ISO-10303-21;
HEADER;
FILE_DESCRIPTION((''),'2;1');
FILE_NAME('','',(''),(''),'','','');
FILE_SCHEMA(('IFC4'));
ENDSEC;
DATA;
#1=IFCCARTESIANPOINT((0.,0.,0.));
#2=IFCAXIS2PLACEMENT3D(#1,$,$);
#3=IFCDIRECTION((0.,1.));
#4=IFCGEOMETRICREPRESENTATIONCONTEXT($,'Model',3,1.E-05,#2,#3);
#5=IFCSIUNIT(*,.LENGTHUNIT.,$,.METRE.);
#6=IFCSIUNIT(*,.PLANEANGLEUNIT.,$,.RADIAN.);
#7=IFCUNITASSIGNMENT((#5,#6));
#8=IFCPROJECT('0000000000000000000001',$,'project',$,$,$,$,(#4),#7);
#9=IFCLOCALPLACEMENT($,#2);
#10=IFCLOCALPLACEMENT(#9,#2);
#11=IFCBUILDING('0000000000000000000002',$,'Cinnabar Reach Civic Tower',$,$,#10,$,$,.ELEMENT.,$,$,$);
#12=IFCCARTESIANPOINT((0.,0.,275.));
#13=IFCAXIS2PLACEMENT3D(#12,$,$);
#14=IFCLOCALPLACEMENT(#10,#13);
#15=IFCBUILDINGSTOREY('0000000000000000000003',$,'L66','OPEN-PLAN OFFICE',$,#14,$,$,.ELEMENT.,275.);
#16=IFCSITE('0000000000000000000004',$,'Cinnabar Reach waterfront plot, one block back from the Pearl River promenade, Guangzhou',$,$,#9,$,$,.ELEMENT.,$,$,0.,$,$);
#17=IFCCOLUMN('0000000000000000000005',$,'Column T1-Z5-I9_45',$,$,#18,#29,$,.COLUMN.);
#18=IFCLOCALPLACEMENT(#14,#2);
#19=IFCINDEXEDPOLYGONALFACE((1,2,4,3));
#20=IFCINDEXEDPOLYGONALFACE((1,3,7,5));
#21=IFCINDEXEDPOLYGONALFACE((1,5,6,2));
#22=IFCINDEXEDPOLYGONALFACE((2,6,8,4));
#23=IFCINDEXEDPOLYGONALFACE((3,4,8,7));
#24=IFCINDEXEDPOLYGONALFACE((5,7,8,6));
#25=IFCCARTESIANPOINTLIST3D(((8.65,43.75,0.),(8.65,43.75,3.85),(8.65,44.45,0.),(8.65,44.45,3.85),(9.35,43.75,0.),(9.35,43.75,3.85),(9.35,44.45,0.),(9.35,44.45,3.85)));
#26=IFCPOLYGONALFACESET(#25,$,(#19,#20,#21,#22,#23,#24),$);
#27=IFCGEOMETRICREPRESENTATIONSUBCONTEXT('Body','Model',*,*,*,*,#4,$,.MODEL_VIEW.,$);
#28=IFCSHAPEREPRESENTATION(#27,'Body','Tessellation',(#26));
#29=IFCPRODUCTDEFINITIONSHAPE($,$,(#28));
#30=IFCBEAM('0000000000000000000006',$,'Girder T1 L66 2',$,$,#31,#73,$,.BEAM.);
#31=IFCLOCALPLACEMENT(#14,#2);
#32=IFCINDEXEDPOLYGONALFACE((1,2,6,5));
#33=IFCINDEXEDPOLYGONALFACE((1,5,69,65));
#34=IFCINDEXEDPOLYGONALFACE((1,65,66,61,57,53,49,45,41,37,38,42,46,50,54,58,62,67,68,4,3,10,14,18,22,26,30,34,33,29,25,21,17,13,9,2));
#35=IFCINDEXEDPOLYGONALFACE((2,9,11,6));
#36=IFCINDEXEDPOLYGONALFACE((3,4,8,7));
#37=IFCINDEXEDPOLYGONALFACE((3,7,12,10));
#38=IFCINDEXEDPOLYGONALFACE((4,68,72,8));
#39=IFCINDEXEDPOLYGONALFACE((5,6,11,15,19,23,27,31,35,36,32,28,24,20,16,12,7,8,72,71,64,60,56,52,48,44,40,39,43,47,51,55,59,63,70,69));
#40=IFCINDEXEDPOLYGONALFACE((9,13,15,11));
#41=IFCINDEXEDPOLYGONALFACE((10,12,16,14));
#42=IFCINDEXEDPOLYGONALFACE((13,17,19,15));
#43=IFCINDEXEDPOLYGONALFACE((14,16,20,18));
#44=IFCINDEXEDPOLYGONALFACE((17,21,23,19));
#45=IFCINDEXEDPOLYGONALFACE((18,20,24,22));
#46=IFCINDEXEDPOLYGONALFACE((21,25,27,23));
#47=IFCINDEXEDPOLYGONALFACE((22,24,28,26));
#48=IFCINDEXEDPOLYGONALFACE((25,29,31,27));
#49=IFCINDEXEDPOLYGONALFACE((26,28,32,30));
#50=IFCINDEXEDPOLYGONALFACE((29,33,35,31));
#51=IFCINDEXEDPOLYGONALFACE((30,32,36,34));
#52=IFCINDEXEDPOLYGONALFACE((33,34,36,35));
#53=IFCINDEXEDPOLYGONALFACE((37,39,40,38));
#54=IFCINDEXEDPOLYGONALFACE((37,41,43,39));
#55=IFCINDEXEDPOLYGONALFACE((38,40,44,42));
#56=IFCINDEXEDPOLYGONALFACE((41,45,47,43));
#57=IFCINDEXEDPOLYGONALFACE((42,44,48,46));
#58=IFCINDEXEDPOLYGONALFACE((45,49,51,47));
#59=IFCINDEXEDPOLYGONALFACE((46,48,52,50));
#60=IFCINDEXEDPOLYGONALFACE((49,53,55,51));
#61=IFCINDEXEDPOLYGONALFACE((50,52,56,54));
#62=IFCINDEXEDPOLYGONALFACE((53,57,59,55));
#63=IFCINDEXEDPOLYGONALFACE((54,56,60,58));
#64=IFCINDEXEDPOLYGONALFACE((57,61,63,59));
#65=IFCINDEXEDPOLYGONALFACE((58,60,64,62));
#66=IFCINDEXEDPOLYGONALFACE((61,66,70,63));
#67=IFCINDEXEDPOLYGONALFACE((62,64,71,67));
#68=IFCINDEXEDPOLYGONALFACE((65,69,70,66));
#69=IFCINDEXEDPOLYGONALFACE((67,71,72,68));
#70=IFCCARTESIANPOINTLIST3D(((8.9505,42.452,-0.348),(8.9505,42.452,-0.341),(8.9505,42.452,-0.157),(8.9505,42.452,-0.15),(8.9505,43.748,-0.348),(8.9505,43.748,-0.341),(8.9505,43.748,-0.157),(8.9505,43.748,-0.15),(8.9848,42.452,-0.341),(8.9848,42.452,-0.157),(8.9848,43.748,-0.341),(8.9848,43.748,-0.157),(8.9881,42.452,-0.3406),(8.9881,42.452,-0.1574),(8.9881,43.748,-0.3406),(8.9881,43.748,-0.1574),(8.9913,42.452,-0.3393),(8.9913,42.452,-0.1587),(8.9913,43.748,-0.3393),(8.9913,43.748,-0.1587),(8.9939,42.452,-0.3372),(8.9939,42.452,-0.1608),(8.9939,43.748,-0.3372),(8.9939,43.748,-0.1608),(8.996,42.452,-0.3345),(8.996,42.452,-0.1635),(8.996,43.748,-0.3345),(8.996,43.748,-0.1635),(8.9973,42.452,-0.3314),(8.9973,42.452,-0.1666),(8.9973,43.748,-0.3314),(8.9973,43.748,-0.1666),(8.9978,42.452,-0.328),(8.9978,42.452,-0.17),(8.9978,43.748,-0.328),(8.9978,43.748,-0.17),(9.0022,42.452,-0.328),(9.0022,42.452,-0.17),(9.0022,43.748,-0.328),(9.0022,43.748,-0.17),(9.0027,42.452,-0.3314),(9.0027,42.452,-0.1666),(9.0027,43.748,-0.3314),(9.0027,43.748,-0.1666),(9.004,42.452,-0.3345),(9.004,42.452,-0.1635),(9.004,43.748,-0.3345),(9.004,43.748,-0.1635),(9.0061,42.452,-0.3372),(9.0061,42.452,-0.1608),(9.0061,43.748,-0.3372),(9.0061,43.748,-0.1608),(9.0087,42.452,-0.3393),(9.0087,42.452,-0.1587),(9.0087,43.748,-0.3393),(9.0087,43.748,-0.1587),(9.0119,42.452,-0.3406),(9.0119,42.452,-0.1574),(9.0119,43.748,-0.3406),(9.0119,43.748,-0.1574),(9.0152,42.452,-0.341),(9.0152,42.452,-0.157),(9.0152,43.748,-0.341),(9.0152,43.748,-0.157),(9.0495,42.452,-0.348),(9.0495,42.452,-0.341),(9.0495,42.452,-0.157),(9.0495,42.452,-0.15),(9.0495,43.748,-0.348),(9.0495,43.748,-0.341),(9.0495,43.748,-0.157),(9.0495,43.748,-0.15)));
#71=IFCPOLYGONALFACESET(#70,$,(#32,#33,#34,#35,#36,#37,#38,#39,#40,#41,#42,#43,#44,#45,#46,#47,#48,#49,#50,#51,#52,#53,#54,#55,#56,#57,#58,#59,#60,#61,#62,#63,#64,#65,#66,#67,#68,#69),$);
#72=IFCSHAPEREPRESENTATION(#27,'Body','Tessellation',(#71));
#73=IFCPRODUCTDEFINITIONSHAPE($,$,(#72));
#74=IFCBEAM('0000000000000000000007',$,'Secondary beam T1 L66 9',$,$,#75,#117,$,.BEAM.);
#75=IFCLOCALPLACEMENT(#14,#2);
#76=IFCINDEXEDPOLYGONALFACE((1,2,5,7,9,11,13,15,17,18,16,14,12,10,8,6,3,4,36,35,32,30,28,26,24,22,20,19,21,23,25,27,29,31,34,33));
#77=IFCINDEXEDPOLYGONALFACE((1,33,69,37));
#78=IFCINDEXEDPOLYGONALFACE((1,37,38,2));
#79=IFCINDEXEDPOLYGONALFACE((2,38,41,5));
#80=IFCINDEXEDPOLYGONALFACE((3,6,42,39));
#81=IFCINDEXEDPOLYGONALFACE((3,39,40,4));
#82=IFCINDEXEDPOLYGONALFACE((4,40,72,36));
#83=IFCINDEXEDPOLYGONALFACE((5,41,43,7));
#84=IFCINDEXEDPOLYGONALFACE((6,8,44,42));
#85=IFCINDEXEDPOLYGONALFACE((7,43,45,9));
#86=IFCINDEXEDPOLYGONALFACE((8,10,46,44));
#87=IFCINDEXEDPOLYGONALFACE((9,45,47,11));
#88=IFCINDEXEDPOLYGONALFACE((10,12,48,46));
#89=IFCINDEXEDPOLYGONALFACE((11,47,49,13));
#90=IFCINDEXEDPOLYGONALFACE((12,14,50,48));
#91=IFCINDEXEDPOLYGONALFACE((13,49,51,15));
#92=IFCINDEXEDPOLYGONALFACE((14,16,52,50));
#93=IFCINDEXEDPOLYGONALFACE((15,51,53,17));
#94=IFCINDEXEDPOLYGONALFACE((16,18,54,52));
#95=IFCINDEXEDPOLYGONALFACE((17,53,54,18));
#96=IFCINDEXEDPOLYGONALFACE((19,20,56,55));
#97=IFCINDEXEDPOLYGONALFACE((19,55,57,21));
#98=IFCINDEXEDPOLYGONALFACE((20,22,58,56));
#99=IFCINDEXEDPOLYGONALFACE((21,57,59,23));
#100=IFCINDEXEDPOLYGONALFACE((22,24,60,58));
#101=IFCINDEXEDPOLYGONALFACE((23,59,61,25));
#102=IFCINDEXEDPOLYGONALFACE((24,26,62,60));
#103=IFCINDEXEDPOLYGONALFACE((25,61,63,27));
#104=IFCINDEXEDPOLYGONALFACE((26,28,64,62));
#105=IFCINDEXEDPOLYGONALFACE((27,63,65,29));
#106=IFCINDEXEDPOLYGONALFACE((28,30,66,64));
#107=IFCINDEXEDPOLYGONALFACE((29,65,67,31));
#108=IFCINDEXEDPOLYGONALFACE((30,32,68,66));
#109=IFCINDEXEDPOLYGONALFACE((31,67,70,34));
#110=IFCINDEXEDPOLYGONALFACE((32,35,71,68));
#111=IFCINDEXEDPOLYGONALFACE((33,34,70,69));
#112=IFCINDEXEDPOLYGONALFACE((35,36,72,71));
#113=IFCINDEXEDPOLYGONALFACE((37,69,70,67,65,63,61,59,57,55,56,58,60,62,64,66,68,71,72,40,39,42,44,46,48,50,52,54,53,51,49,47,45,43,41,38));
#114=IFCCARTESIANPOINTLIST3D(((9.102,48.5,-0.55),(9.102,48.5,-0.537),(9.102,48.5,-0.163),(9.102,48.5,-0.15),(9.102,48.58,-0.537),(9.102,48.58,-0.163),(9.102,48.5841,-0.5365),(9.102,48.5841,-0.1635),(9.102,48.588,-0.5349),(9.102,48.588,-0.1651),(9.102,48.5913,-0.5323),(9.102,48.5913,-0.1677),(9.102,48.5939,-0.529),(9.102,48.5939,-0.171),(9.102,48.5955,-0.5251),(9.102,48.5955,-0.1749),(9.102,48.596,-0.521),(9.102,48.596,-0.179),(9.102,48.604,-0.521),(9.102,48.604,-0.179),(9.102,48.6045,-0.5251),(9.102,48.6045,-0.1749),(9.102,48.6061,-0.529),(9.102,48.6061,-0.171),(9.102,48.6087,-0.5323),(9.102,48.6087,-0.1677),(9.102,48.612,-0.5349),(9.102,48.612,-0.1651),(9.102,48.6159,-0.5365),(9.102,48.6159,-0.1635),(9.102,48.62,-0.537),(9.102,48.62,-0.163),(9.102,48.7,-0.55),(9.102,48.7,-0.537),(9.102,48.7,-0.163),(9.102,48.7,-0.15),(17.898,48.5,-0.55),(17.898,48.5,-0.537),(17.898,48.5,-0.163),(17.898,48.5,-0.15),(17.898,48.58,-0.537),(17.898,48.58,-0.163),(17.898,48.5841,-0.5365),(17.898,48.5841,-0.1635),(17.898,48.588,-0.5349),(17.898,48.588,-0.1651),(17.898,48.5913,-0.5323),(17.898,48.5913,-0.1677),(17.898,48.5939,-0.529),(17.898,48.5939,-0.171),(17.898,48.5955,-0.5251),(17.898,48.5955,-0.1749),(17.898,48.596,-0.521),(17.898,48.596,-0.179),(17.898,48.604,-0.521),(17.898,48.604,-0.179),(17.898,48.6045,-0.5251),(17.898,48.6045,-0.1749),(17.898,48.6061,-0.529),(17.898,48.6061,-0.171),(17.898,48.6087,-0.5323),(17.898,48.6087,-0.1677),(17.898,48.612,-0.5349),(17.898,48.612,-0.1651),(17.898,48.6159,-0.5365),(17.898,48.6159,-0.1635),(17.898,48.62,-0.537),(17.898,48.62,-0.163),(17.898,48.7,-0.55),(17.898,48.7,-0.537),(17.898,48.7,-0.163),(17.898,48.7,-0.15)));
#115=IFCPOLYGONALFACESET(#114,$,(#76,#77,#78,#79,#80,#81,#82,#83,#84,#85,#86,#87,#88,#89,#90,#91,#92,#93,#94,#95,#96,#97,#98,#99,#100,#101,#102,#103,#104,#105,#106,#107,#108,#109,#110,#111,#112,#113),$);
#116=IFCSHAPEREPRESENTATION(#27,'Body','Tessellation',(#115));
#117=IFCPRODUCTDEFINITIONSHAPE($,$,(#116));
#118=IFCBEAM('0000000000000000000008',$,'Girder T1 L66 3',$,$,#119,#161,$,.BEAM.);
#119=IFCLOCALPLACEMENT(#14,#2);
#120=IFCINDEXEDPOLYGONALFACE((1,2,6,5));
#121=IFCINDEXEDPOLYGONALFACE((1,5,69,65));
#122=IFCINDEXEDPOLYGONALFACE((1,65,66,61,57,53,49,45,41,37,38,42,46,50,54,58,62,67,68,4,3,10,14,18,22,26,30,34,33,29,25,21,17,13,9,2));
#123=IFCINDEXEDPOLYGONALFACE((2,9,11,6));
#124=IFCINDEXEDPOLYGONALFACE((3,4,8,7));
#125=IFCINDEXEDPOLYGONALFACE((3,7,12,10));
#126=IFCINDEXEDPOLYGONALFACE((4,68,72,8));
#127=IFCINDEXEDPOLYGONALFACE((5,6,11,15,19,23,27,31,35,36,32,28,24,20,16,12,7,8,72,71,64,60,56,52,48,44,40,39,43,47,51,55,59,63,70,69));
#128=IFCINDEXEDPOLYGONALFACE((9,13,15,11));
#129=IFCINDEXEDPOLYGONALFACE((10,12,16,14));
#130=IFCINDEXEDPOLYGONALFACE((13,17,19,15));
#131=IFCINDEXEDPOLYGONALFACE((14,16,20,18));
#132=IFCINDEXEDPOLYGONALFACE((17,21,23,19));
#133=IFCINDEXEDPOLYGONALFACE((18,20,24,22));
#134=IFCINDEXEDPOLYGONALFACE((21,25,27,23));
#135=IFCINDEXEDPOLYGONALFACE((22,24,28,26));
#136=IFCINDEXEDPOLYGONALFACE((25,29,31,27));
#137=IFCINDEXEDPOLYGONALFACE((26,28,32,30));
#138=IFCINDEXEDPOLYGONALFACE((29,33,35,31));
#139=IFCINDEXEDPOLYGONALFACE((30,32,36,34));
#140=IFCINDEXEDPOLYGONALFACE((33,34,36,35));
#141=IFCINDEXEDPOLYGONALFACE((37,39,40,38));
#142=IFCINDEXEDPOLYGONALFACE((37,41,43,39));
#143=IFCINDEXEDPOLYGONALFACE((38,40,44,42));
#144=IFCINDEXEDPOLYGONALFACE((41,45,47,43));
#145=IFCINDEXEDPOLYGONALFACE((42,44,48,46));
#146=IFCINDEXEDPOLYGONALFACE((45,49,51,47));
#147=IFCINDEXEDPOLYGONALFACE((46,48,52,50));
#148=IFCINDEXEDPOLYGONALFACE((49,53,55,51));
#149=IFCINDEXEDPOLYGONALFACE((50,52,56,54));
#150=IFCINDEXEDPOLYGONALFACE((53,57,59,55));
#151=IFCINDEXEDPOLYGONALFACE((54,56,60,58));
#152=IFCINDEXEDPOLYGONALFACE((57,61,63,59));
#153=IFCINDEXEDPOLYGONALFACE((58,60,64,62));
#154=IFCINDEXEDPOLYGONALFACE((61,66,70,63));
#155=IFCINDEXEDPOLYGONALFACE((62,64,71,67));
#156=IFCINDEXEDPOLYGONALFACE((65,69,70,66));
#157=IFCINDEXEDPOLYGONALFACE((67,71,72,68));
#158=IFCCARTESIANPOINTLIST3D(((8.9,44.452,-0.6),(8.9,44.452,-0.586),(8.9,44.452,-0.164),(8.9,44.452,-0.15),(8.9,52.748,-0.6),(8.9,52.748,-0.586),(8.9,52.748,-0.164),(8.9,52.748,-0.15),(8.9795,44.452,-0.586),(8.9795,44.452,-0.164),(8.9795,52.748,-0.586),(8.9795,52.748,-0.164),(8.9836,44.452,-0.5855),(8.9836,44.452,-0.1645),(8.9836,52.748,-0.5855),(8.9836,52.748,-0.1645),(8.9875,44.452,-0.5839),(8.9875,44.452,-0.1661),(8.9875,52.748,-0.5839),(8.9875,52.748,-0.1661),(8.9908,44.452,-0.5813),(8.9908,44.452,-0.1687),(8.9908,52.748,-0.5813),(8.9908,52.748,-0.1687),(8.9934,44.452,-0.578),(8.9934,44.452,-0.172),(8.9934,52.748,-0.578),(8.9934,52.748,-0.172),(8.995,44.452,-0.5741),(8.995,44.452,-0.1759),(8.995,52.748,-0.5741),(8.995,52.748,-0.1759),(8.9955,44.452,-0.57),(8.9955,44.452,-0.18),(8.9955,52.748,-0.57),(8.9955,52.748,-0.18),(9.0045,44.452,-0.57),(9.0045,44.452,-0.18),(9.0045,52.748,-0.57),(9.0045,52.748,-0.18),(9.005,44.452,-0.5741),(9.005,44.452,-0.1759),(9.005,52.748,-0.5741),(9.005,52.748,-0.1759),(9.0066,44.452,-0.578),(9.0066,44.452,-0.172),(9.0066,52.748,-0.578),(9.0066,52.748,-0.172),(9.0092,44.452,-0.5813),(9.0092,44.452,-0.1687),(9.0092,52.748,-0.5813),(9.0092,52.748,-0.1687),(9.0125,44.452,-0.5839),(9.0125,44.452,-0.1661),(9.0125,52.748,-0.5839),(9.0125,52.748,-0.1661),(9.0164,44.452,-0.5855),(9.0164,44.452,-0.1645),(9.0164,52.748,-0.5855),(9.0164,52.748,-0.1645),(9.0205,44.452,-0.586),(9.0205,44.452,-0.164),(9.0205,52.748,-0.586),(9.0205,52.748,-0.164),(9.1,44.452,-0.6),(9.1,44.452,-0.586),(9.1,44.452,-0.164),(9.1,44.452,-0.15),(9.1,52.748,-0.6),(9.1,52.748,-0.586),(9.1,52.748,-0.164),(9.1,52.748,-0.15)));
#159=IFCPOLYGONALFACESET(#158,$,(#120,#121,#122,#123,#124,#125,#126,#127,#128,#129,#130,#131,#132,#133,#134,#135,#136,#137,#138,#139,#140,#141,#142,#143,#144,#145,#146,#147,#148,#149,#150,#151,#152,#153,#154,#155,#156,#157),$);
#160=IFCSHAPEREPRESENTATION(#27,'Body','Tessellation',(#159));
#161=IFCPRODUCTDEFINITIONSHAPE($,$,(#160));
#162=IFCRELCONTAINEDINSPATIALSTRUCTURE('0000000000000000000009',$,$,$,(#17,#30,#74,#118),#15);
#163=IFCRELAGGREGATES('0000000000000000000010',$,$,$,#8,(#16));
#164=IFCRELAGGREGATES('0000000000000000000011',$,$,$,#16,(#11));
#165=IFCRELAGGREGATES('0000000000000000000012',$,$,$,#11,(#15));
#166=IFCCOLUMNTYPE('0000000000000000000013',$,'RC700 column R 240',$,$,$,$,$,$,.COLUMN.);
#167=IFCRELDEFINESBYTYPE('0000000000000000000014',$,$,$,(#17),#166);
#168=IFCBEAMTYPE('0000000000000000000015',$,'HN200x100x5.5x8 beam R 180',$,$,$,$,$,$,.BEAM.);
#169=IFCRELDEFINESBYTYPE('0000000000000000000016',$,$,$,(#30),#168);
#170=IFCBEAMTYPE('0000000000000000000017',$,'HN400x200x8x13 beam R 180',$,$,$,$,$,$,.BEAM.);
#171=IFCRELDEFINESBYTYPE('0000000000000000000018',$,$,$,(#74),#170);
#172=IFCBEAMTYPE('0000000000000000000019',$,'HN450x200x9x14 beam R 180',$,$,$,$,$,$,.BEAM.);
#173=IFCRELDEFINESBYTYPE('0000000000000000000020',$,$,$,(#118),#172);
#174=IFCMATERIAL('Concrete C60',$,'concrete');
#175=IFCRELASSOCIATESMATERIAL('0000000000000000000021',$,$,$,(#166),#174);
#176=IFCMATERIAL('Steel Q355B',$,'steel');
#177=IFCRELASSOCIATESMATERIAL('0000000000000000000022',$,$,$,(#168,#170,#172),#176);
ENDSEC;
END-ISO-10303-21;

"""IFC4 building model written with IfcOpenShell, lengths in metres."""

from ifc_helpers import new_model, si_unit, direction, frame, origin, origin_2d, place, context, subcontext, project, spatial, rectangle, i_section, extrude, material, material_profile, profile_set, type_object, element, save


model = new_model("IFC4")

# Units and contexts
model_context = context("Model", 3, precision=1e-05, world=origin(), true_north=direction((0.0, 1.0)))
body_context = subcontext(model_context, "Body", "Model", "MODEL_VIEW")
ifc_project = project(units=[si_unit("LENGTHUNIT", "METRE"), si_unit("PLANEANGLEUNIT", "RADIAN")], contexts=[model_context])

# Site, building, storey
site_placement = place(None, origin())
site = spatial("IfcSite", under=ifc_project, at=site_placement, Name="Cinnabar Reach waterfront plot, one block back from the Pearl River promenade, Guangzhou", CompositionType="ELEMENT", RefElevation=0.0)
building_placement = place(site_placement, origin())
building = spatial("IfcBuilding", under=site, at=building_placement, Name="Cinnabar Reach Civic Tower", CompositionType="ELEMENT")
storey_placement = place(building_placement, frame((0.0, 0.0, 275.0)))
storey = spatial("IfcBuildingStorey", under=building, at=storey_placement, Name="L66", Description="OPEN-PLAN OFFICE", CompositionType="ELEMENT", Elevation=275.0)

# Column
ifc_material_1 = material(Name="Concrete C60", Category="concrete")
ifc_material_profile_1 = material_profile(ifc_material_1, rectangle(XDim=0.7, YDim=0.7, at=origin_2d()), Name="RC700")
ifc_profile_set_1 = profile_set([ifc_material_profile_1], Name="Concrete C60")
column_type = type_object("IfcColumnType", Name="RC700 column R 240", PredefinedType="COLUMN", material=ifc_profile_set_1)
column_placement = place(storey_placement, frame((9.0, 44.1, 0.0), z_axis=(0.0, 0.0, 1.0), x_axis=(1.0, 0.0, 0.0)))
element("IfcColumn", 1, at=column_placement, inside=storey, type_object=column_type, Name="Column T1-Z5-I9_45", PredefinedType="COLUMN", context=body_context, shape_type="SweptSolid", body=[
    extrude(rectangle(XDim=0.7, YDim=0.7, at=origin_2d()), origin(), (0.0, 0.0, 1.0), 3.85),
])

# Beams
ifc_material_2 = material(Name="Steel Q355B", Category="steel")
ifc_material_profile_2 = material_profile(ifc_material_2, i_section(OverallWidth=0.099, OverallDepth=0.198, WebThickness=0.0045, FlangeThickness=0.007, FilletRadius=0.013, at=origin_2d()), Name="HN200x100x5.5x8")
ifc_profile_set_2 = profile_set([ifc_material_profile_2], Name="Steel Q355B")
beam_type_1 = type_object("IfcBeamType", Name="HN200x100x5.5x8 beam R 180", PredefinedType="BEAM", material=ifc_profile_set_2)
beam_1_placement = place(storey_placement, frame((9.0, 42.452, -0.249), z_axis=(0.0, 1.0, 0.0), x_axis=(-1.0, 0.0, 0.0)))
element("IfcBeam", 2, at=beam_1_placement, inside=storey, type_object=beam_type_1, Name="Girder T1 L66 2", PredefinedType="BEAM", context=body_context, shape_type="SweptSolid", body=[
    extrude(i_section(OverallWidth=0.099, OverallDepth=0.198, WebThickness=0.0045, FlangeThickness=0.007, FilletRadius=0.013, at=origin_2d()), origin(), (0.0, 0.0, 1.0), 1.296),
])
ifc_material_profile_3 = material_profile(ifc_material_2, i_section(OverallWidth=0.2, OverallDepth=0.4, WebThickness=0.008, FlangeThickness=0.013, FilletRadius=0.016, at=origin_2d()), Name="HN400x200x8x13")
ifc_profile_set_3 = profile_set([ifc_material_profile_3], Name="Steel Q355B")
beam_type_2 = type_object("IfcBeamType", Name="HN400x200x8x13 beam R 180", PredefinedType="BEAM", material=ifc_profile_set_3)
beam_2_placement = place(storey_placement, frame((9.102, 48.6, -0.35), z_axis=(1.0, 0.0, 0.0), x_axis=(0.0, 1.0, 0.0)))
element("IfcBeam", 3, at=beam_2_placement, inside=storey, type_object=beam_type_2, Name="Secondary beam T1 L66 9", PredefinedType="BEAM", context=body_context, shape_type="SweptSolid", body=[
    extrude(i_section(OverallWidth=0.2, OverallDepth=0.4, WebThickness=0.008, FlangeThickness=0.013, FilletRadius=0.016, at=origin_2d()), origin(), (0.0, 0.0, 1.0), 8.796),
])
ifc_material_profile_4 = material_profile(ifc_material_2, i_section(OverallWidth=0.2, OverallDepth=0.45, WebThickness=0.009, FlangeThickness=0.014, FilletRadius=0.016, at=origin_2d()), Name="HN450x200x9x14")
ifc_profile_set_4 = profile_set([ifc_material_profile_4], Name="Steel Q355B")
beam_type_3 = type_object("IfcBeamType", Name="HN450x200x9x14 beam R 180", PredefinedType="BEAM", material=ifc_profile_set_4)
beam_3_placement = place(storey_placement, frame((9.0, 44.452, -0.375), z_axis=(0.0, 1.0, 0.0), x_axis=(-1.0, 0.0, 0.0)))
element("IfcBeam", 4, at=beam_3_placement, inside=storey, type_object=beam_type_3, Name="Girder T1 L66 3", PredefinedType="BEAM", context=body_context, shape_type="SweptSolid", body=[
    extrude(i_section(OverallWidth=0.2, OverallDepth=0.45, WebThickness=0.009, FlangeThickness=0.014, FilletRadius=0.016, at=origin_2d()), origin(), (0.0, 0.0, 1.0), 8.296),
])

save(model, "model.ifc")
